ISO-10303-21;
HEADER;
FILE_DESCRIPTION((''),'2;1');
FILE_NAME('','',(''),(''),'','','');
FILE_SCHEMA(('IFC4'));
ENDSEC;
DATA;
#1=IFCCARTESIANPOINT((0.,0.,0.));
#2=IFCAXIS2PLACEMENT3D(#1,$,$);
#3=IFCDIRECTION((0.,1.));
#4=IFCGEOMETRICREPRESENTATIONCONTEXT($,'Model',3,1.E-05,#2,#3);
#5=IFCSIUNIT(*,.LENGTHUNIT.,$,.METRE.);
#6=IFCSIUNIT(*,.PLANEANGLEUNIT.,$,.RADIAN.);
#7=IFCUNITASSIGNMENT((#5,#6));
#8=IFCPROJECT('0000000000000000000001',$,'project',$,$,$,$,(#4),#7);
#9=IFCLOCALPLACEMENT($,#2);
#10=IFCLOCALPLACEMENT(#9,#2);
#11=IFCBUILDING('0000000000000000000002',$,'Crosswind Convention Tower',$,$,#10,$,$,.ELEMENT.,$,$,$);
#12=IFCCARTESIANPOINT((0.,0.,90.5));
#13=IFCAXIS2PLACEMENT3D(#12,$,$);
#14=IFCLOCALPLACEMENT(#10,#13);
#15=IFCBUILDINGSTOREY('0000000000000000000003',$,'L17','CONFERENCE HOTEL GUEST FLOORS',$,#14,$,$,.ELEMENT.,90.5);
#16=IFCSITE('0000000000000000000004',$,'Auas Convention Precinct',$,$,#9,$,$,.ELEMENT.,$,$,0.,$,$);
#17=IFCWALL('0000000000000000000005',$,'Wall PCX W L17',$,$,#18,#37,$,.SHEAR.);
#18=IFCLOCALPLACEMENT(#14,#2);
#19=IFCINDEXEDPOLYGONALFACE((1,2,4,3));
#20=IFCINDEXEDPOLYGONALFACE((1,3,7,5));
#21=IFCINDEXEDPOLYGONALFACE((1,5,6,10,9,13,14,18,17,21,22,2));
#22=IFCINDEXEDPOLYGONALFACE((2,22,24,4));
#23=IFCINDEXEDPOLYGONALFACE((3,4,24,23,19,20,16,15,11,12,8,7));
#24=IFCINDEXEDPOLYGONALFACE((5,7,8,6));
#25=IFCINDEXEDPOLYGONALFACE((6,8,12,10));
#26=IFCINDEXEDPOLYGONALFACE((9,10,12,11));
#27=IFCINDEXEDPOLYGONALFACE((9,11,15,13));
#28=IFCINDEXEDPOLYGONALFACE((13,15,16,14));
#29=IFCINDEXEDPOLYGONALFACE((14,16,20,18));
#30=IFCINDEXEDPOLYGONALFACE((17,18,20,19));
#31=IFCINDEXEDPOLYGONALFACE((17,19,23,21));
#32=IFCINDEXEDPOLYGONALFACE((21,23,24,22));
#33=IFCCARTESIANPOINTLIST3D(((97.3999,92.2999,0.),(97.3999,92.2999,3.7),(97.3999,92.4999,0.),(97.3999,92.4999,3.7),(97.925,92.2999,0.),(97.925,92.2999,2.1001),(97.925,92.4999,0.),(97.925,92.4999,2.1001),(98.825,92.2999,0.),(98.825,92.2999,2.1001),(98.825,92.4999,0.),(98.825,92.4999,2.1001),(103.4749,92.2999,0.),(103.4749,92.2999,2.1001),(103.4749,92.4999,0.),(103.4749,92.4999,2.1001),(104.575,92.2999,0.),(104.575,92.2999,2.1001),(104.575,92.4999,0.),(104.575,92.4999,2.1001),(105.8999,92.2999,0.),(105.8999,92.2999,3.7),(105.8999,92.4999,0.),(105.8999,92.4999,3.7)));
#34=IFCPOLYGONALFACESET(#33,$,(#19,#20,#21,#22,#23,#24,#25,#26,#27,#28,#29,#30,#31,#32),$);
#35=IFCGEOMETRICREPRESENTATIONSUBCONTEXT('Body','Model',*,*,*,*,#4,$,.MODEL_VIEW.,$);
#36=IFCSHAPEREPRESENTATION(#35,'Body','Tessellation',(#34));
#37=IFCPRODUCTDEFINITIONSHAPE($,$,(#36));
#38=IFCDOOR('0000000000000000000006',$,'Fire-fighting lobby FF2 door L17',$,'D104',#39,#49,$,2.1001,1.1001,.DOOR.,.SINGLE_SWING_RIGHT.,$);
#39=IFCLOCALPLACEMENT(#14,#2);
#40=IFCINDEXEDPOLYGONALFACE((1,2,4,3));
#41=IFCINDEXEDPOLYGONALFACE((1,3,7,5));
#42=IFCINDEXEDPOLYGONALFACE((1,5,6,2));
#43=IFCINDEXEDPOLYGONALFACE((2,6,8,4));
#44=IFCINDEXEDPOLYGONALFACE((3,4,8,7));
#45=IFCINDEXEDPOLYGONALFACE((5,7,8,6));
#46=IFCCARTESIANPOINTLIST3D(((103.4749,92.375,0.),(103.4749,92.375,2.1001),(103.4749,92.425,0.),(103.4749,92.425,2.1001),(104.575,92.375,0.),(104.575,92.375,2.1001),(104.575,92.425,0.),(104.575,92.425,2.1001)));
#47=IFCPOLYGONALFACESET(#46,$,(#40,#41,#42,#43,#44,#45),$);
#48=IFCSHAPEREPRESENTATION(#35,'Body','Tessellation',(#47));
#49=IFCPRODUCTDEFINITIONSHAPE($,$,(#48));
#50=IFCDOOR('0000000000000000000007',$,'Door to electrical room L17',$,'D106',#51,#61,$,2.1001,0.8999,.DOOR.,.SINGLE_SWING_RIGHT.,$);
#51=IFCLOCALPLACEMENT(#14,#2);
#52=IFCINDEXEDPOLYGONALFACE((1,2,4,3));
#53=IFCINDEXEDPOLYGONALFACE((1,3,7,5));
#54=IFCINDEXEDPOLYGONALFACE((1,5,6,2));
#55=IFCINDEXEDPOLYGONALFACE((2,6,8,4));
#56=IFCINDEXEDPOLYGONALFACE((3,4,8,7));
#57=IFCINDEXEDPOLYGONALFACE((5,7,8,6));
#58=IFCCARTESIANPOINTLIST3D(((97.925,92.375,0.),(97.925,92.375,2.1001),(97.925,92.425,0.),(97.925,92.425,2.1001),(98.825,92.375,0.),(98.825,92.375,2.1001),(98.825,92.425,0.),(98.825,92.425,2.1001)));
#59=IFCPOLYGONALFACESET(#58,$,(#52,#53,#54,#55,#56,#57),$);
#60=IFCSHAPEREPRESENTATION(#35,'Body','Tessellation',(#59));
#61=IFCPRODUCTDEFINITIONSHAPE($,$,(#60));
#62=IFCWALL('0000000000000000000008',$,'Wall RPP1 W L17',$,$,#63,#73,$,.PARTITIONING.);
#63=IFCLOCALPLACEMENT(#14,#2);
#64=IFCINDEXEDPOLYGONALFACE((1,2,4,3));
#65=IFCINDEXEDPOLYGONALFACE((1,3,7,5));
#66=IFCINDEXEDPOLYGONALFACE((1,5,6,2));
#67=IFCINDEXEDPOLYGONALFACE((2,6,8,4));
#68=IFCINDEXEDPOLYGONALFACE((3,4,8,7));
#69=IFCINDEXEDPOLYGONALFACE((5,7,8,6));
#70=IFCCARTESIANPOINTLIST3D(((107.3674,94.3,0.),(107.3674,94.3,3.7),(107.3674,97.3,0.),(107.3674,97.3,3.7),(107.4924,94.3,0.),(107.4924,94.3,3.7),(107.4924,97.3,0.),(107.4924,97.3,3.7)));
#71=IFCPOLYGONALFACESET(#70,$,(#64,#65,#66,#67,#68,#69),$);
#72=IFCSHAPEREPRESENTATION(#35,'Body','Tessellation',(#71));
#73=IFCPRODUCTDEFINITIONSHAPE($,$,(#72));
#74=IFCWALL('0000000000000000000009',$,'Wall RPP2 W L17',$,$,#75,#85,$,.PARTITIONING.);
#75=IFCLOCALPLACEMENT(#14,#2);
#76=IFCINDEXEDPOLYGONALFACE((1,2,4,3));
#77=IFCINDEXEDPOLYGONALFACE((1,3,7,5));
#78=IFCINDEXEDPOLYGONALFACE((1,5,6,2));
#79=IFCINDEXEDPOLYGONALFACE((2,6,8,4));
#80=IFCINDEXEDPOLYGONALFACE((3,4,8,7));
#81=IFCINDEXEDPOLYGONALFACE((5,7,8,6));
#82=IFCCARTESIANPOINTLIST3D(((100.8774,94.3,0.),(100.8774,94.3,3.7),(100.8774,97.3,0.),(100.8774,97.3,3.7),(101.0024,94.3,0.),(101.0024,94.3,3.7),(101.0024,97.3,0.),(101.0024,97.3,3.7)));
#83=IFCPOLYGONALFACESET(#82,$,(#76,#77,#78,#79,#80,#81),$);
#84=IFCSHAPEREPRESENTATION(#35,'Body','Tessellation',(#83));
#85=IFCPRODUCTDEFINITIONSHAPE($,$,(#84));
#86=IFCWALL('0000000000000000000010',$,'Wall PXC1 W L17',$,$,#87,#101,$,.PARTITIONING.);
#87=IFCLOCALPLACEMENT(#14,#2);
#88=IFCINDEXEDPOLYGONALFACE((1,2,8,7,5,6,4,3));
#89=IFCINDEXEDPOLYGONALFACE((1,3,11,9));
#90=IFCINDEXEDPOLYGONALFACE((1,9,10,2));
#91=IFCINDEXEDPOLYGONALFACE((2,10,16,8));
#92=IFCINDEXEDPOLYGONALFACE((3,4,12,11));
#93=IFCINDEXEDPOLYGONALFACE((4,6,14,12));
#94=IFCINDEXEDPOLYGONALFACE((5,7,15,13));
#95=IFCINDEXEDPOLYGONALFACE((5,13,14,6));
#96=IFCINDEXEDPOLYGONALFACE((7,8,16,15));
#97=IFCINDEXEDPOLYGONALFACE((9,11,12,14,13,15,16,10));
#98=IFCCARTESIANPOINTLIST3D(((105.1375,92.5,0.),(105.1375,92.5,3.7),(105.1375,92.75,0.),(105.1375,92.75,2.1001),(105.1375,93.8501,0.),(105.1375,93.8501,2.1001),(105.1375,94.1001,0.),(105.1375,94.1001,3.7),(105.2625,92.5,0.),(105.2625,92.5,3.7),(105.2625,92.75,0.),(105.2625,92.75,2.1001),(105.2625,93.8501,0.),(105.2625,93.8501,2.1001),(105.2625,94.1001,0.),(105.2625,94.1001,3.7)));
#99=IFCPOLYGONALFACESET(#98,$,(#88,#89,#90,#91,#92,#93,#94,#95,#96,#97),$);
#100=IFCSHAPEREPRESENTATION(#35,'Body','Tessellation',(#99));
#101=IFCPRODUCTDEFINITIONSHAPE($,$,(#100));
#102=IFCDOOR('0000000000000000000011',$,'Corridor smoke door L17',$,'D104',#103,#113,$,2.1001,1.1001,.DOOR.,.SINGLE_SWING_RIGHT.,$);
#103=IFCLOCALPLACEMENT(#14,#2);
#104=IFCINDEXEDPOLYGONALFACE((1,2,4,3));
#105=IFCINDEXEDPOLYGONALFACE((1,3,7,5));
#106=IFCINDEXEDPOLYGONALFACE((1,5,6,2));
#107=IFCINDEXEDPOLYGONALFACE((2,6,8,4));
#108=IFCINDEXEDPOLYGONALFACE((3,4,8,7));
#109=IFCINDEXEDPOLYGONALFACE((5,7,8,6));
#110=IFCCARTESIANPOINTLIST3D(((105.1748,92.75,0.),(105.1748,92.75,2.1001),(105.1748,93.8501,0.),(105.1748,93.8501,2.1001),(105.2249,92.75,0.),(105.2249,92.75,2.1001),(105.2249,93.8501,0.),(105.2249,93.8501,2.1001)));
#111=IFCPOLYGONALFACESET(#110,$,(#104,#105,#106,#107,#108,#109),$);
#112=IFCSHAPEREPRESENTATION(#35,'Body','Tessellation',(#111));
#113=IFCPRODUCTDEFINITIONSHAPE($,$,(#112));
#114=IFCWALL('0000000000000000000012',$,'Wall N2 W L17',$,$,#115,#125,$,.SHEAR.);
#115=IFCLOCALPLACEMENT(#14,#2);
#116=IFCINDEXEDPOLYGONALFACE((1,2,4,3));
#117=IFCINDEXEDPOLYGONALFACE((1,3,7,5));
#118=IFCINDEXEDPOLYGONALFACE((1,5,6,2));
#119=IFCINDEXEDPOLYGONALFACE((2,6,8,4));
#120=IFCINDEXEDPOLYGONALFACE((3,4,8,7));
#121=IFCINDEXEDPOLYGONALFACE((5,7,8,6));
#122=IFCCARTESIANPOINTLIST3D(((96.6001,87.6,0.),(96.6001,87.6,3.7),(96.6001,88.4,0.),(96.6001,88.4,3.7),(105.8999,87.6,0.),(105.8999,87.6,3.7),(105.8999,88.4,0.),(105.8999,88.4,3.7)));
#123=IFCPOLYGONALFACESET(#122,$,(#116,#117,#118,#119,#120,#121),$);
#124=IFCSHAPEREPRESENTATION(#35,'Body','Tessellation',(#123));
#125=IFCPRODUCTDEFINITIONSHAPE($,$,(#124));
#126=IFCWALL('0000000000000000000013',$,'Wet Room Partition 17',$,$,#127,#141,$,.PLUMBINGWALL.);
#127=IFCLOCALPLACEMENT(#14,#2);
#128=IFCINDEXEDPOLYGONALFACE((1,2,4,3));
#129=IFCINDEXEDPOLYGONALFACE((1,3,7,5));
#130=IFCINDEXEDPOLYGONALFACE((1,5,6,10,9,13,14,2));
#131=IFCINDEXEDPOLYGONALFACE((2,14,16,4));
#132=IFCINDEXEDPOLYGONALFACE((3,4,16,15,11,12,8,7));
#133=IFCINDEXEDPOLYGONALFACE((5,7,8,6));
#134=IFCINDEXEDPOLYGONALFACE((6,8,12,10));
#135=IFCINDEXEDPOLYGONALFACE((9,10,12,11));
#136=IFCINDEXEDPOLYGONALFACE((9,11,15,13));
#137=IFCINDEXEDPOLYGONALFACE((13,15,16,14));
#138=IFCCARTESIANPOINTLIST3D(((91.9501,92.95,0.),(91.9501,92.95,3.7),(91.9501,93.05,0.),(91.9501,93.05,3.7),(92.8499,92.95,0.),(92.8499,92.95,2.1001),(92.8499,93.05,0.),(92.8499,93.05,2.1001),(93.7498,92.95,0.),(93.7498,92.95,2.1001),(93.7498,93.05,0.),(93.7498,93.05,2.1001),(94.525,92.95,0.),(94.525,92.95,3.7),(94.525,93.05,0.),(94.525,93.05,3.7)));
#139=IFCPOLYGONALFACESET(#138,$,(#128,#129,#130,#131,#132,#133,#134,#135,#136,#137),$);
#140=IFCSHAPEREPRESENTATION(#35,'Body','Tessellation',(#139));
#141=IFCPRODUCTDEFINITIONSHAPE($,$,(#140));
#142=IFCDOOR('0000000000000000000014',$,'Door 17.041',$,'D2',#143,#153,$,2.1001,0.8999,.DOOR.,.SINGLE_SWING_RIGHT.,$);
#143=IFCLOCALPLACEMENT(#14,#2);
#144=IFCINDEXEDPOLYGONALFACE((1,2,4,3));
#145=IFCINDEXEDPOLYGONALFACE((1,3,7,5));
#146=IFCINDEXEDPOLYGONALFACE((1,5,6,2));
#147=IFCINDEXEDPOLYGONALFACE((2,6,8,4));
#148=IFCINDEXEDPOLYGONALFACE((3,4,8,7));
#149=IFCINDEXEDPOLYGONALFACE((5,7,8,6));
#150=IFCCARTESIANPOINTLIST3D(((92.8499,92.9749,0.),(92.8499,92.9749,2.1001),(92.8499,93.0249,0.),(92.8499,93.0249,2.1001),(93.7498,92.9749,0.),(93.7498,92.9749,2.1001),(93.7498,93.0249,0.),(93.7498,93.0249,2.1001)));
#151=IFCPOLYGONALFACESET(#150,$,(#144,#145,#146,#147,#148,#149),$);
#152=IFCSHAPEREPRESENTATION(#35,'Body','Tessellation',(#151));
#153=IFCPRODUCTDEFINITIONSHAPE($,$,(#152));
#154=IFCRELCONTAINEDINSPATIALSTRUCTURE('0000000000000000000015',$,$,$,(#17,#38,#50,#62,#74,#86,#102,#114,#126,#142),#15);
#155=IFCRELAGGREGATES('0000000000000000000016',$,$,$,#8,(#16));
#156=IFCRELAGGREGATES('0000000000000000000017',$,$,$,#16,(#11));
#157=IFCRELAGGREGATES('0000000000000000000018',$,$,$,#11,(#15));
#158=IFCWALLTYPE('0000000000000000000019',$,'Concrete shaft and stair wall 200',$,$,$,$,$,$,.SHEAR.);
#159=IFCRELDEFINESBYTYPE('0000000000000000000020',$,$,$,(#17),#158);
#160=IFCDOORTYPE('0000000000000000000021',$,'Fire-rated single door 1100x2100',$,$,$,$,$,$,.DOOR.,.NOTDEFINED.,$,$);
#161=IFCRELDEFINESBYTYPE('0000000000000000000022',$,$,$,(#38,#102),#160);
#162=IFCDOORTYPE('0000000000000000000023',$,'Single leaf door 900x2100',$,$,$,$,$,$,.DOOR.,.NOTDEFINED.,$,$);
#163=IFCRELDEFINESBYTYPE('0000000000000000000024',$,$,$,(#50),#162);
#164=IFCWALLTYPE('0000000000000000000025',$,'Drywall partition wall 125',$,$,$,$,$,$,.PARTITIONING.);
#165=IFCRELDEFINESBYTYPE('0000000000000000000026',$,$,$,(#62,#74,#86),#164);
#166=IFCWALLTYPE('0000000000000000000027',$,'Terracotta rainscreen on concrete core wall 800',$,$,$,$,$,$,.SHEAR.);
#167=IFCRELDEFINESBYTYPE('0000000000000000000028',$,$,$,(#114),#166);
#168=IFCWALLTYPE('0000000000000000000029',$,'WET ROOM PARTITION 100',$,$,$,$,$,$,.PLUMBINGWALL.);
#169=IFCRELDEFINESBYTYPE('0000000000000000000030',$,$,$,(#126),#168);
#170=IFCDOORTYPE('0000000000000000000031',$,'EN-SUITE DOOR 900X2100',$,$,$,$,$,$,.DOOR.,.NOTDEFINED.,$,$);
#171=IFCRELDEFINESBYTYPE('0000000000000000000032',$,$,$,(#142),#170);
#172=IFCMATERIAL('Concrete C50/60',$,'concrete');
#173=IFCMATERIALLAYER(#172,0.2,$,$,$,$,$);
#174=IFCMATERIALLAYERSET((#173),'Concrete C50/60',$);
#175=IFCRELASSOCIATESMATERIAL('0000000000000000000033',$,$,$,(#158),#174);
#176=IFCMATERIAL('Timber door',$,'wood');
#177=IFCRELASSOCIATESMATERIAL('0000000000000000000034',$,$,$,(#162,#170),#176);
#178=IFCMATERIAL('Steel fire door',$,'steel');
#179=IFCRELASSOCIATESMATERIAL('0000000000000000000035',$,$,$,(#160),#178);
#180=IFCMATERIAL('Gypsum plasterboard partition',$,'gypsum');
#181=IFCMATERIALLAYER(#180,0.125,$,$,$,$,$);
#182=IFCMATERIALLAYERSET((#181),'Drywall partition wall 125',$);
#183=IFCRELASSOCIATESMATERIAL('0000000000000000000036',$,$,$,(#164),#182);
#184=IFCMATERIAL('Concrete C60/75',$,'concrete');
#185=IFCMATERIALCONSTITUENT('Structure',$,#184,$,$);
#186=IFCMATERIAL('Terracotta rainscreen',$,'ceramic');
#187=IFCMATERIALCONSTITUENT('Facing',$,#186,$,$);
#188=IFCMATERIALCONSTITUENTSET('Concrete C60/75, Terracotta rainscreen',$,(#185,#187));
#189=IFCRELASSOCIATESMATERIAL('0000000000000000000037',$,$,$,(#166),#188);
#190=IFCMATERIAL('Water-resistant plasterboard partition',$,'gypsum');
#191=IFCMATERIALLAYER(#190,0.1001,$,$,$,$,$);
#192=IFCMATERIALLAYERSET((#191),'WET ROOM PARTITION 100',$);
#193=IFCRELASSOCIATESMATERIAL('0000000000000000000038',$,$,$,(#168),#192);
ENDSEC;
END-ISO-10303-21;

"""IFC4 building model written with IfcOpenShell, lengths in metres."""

from ifc_helpers import new_model, si_unit, direction, frame, frame_2d, origin, place, context, subcontext, project, spatial, rectangle, extrude, material, layer, layer_set, constituent, constituent_set, type_object, element, fill, save


model = new_model("IFC4")

# Units and contexts
model_context = context("Model", 3, precision=1e-05, world=origin(), true_north=direction((0.0, 1.0)))
body_context = subcontext(model_context, "Body", "Model", "MODEL_VIEW")
ifc_project = project(units=[si_unit("LENGTHUNIT", "METRE"), si_unit("PLANEANGLEUNIT", "RADIAN")], contexts=[model_context])

# Site, building, storey
site_placement = place(None, origin())
site = spatial("IfcSite", under=ifc_project, at=site_placement, Name="Auas Convention Precinct", CompositionType="ELEMENT", RefElevation=0.0)
building_placement = place(site_placement, origin())
building = spatial("IfcBuilding", under=site, at=building_placement, Name="Crosswind Convention Tower", CompositionType="ELEMENT")
storey_placement = place(building_placement, frame((0.0, 0.0, 90.5)))
storey = spatial("IfcBuildingStorey", under=building, at=storey_placement, Name="L17", Description="CONFERENCE HOTEL GUEST FLOORS", CompositionType="ELEMENT", Elevation=90.5)

# Shared definitions
ifc_material_1 = material(Name="Concrete C50/60", Category="concrete")
ifc_layer_1 = layer(ifc_material_1, 0.2)
ifc_layer_set_1 = layer_set([ifc_layer_1], Name="Concrete C50/60")
wall_type_1 = type_object("IfcWallType", Name="Concrete shaft and stair wall 200", PredefinedType="SHEAR", material=ifc_layer_set_1)

# Shared definitions
ifc_material_2 = material(Name="Timber door", Category="wood")
door_type_1 = type_object("IfcDoorType", Name="Single leaf door 900x2100", OperationType="NOTDEFINED", PredefinedType="DOOR", material=ifc_material_2)

# Wall, openings, doors
wall_1_placement = place(storey_placement, frame((105.8999, 92.3999, 0.0), z_axis=(0.0, 0.0, 1.0), x_axis=(-1.0, 0.0, 0.0)))
wall_1 = element("IfcWall", 1, at=wall_1_placement, inside=storey, type_object=wall_type_1, Name="Wall PCX W L17", PredefinedType="SHEAR", context=body_context, shape_type="SweptSolid", body=[
    extrude(rectangle(XDim=8.5, YDim=0.2, at=frame_2d((4.25, 0.0))), origin(), (0.0, 0.0, 1.0), 3.7),
])
opening_1_placement = place(wall_1_placement, frame((1.325, 0.0, 0.0)))
opening_1 = element("IfcOpeningElement", 2, at=opening_1_placement, cuts=wall_1, PredefinedType="OPENING", context=body_context, shape_type="SweptSolid", body=[
    extrude(rectangle(XDim=1.1001, YDim=2.1001, at=frame_2d((0.55, 1.05))), frame((0.0, 0.1099, 0.0), z_axis=(0.0, -1.0, 0.0), x_axis=(1.0, 0.0, 0.0)), (0.0, 0.0, 1.0), 0.22),
])
opening_2_placement = place(wall_1_placement, frame((7.075, 0.0, 0.0)))
opening_2 = element("IfcOpeningElement", 3, at=opening_2_placement, cuts=wall_1, PredefinedType="OPENING", context=body_context, shape_type="SweptSolid", body=[
    extrude(rectangle(XDim=0.8999, YDim=2.1001, at=frame_2d((0.45, 1.05))), frame((0.0, 0.1099, 0.0), z_axis=(0.0, -1.0, 0.0), x_axis=(1.0, 0.0, 0.0)), (0.0, 0.0, 1.0), 0.22),
])
ifc_material_3 = material(Name="Steel fire door", Category="steel")
door_type_2 = type_object("IfcDoorType", Name="Fire-rated single door 1100x2100", OperationType="NOTDEFINED", PredefinedType="DOOR", material=ifc_material_3)
door_1_placement = place(opening_1_placement, origin())
door_1 = element("IfcDoor", 4, at=door_1_placement, inside=storey, type_object=door_type_2, Name="Fire-fighting lobby FF2 door L17", ObjectType="D104", OperationType="SINGLE_SWING_RIGHT", OverallHeight=2.1001, OverallWidth=1.1001, PredefinedType="DOOR", context=body_context, shape_type="SweptSolid", body=[
    extrude(rectangle(XDim=1.1001, YDim=2.1001, at=frame_2d((0.55, 1.05))), frame((0.0, 0.0249, 0.0), z_axis=(0.0, -1.0, 0.0), x_axis=(1.0, 0.0, 0.0)), (0.0, 0.0, 1.0), 0.05),
])
fill(opening_1, door_1)
door_2_placement = place(opening_2_placement, origin())
door_2 = element("IfcDoor", 5, at=door_2_placement, inside=storey, type_object=door_type_1, Name="Door to electrical room L17", ObjectType="D106", OperationType="SINGLE_SWING_RIGHT", OverallHeight=2.1001, OverallWidth=0.8999, PredefinedType="DOOR", context=body_context, shape_type="SweptSolid", body=[
    extrude(rectangle(XDim=0.8999, YDim=2.1001, at=frame_2d((0.45, 1.05))), frame((0.0, 0.0249, 0.0), z_axis=(0.0, -1.0, 0.0), x_axis=(1.0, 0.0, 0.0)), (0.0, 0.0, 1.0), 0.05),
])
fill(opening_2, door_2)

# Walls
ifc_material_4 = material(Name="Gypsum plasterboard partition", Category="gypsum")
ifc_layer_2 = layer(ifc_material_4, 0.125)
ifc_layer_set_2 = layer_set([ifc_layer_2], Name="Drywall partition wall 125")
wall_type_2 = type_object("IfcWallType", Name="Drywall partition wall 125", PredefinedType="PARTITIONING", material=ifc_layer_set_2)
for number, where, z_axis, x_axis, name in (
    (6, (107.4299, 97.3, 0.0), (0.0, 0.0, 1.0), (0.0, -1.0, 0.0), "Wall RPP1 W L17"),
    (7, (100.9399, 97.3, 0.0), (0.0, 0.0, 1.0), (0.0, -1.0, 0.0), "Wall RPP2 W L17"),
):
    element("IfcWall", number, at=place(storey_placement, frame(where, z_axis=z_axis, x_axis=x_axis)), inside=storey, type_object=wall_type_2, Name=name, PredefinedType="PARTITIONING", context=body_context, shape_type="SweptSolid", body=[
        extrude(rectangle(XDim=3.0, YDim=0.125, at=frame_2d((1.5, 0.0))), origin(), (0.0, 0.0, 1.0), 3.7),
    ])

# Wall, opening, door
wall_2_placement = place(storey_placement, frame((105.2, 94.1001, 0.0), z_axis=(0.0, 0.0, 1.0), x_axis=(0.0, -1.0, 0.0)))
wall_2 = element("IfcWall", 8, at=wall_2_placement, inside=storey, type_object=wall_type_2, Name="Wall PXC1 W L17", PredefinedType="PARTITIONING", context=body_context, shape_type="SweptSolid", body=[
    extrude(rectangle(XDim=1.6001, YDim=0.125, at=frame_2d((0.8, 0.0))), origin(), (0.0, 0.0, 1.0), 3.7),
])
opening_3_placement = place(wall_2_placement, frame((0.25, 0.0, 0.0)))
opening_3 = element("IfcOpeningElement", 9, at=opening_3_placement, cuts=wall_2, PredefinedType="OPENING", context=body_context, shape_type="SweptSolid", body=[
    extrude(rectangle(XDim=1.1001, YDim=2.1001, at=frame_2d((0.55, 1.05))), frame((0.0, 0.0725, 0.0), z_axis=(0.0, -1.0, 0.0), x_axis=(1.0, 0.0, 0.0)), (0.0, 0.0, 1.0), 0.145),
])
door_3_placement = place(opening_3_placement, origin())
door_3 = element("IfcDoor", 10, at=door_3_placement, inside=storey, type_object=door_type_2, Name="Corridor smoke door L17", ObjectType="D104", OperationType="SINGLE_SWING_RIGHT", OverallHeight=2.1001, OverallWidth=1.1001, PredefinedType="DOOR", context=body_context, shape_type="SweptSolid", body=[
    extrude(rectangle(XDim=1.1001, YDim=2.1001, at=frame_2d((0.55, 1.05))), frame((0.0, 0.0249, 0.0), z_axis=(0.0, -1.0, 0.0), x_axis=(1.0, 0.0, 0.0)), (0.0, 0.0, 1.0), 0.05),
])
fill(opening_3, door_3)

# Wall
ifc_material_5 = material(Name="Concrete C60/75", Category="concrete")
ifc_constituent_1 = constituent(ifc_material_5, Name="Structure")
ifc_material_6 = material(Name="Terracotta rainscreen", Category="ceramic")
ifc_constituent_2 = constituent(ifc_material_6, Name="Facing")
ifc_constituent_set = constituent_set(constituents=[ifc_constituent_1, ifc_constituent_2], Name="Concrete C60/75, Terracotta rainscreen")
wall_type_3 = type_object("IfcWallType", Name="Terracotta rainscreen on concrete core wall 800", PredefinedType="SHEAR", material=ifc_constituent_set)
wall_3_placement = place(storey_placement, frame((105.8999, 88.0, 0.0), z_axis=(0.0, 0.0, 1.0), x_axis=(-1.0, 0.0, 0.0)))
element("IfcWall", 11, at=wall_3_placement, inside=storey, type_object=wall_type_3, Name="Wall N2 W L17", PredefinedType="SHEAR", context=body_context, shape_type="SweptSolid", body=[
    extrude(rectangle(XDim=9.2998, YDim=0.8, at=frame_2d((4.6499, 0.0))), origin(), (0.0, 0.0, 1.0), 3.7),
])

# Wall, opening, door
ifc_material_7 = material(Name="Water-resistant plasterboard partition", Category="gypsum")
ifc_layer_3 = layer(ifc_material_7, 0.1001)
ifc_layer_set_3 = layer_set([ifc_layer_3], Name="WET ROOM PARTITION 100")
wall_type_4 = type_object("IfcWallType", Name="WET ROOM PARTITION 100", PredefinedType="PLUMBINGWALL", material=ifc_layer_set_3)
wall_4_placement = place(storey_placement, frame((91.95, 93.0, 0.0), z_axis=(0.0, 0.0, 1.0), x_axis=(1.0, 0.0, 0.0)))
wall_4 = element("IfcWall", 12, at=wall_4_placement, inside=storey, type_object=wall_type_4, Name="Wet Room Partition 17", PredefinedType="PLUMBINGWALL", context=body_context, shape_type="SweptSolid", body=[
    extrude(rectangle(XDim=2.575, YDim=0.1001, at=frame_2d((1.2876, 0.0))), origin(), (0.0, 0.0, 1.0), 3.7),
])
opening_4_placement = place(wall_4_placement, frame((0.8999, 0.0, 0.0)))
opening_4 = element("IfcOpeningElement", 13, at=opening_4_placement, cuts=wall_4, PredefinedType="OPENING", context=body_context, shape_type="SweptSolid", body=[
    extrude(rectangle(XDim=0.8999, YDim=2.1001, at=frame_2d((0.45, 1.05))), frame((0.0, 0.0601, 0.0), z_axis=(0.0, -1.0, 0.0), x_axis=(1.0, 0.0, 0.0)), (0.0, 0.0, 1.0), 0.1201),
])
door_type_3 = type_object("IfcDoorType", Name="EN-SUITE DOOR 900X2100", OperationType="NOTDEFINED", PredefinedType="DOOR", material=ifc_material_2)
door_4_placement = place(opening_4_placement, origin())
door_4 = element("IfcDoor", 14, at=door_4_placement, inside=storey, type_object=door_type_3, Name="Door 17.041", ObjectType="D2", OperationType="SINGLE_SWING_RIGHT", OverallHeight=2.1001, OverallWidth=0.8999, PredefinedType="DOOR", context=body_context, shape_type="SweptSolid", body=[
    extrude(rectangle(XDim=0.8999, YDim=2.1001, at=frame_2d((0.45, 1.05))), frame((0.0, 0.0249, 0.0), z_axis=(0.0, -1.0, 0.0), x_axis=(1.0, 0.0, 0.0)), (0.0, 0.0, 1.0), 0.05),
])
fill(opening_4, door_4)

save(model, "model.ifc")
